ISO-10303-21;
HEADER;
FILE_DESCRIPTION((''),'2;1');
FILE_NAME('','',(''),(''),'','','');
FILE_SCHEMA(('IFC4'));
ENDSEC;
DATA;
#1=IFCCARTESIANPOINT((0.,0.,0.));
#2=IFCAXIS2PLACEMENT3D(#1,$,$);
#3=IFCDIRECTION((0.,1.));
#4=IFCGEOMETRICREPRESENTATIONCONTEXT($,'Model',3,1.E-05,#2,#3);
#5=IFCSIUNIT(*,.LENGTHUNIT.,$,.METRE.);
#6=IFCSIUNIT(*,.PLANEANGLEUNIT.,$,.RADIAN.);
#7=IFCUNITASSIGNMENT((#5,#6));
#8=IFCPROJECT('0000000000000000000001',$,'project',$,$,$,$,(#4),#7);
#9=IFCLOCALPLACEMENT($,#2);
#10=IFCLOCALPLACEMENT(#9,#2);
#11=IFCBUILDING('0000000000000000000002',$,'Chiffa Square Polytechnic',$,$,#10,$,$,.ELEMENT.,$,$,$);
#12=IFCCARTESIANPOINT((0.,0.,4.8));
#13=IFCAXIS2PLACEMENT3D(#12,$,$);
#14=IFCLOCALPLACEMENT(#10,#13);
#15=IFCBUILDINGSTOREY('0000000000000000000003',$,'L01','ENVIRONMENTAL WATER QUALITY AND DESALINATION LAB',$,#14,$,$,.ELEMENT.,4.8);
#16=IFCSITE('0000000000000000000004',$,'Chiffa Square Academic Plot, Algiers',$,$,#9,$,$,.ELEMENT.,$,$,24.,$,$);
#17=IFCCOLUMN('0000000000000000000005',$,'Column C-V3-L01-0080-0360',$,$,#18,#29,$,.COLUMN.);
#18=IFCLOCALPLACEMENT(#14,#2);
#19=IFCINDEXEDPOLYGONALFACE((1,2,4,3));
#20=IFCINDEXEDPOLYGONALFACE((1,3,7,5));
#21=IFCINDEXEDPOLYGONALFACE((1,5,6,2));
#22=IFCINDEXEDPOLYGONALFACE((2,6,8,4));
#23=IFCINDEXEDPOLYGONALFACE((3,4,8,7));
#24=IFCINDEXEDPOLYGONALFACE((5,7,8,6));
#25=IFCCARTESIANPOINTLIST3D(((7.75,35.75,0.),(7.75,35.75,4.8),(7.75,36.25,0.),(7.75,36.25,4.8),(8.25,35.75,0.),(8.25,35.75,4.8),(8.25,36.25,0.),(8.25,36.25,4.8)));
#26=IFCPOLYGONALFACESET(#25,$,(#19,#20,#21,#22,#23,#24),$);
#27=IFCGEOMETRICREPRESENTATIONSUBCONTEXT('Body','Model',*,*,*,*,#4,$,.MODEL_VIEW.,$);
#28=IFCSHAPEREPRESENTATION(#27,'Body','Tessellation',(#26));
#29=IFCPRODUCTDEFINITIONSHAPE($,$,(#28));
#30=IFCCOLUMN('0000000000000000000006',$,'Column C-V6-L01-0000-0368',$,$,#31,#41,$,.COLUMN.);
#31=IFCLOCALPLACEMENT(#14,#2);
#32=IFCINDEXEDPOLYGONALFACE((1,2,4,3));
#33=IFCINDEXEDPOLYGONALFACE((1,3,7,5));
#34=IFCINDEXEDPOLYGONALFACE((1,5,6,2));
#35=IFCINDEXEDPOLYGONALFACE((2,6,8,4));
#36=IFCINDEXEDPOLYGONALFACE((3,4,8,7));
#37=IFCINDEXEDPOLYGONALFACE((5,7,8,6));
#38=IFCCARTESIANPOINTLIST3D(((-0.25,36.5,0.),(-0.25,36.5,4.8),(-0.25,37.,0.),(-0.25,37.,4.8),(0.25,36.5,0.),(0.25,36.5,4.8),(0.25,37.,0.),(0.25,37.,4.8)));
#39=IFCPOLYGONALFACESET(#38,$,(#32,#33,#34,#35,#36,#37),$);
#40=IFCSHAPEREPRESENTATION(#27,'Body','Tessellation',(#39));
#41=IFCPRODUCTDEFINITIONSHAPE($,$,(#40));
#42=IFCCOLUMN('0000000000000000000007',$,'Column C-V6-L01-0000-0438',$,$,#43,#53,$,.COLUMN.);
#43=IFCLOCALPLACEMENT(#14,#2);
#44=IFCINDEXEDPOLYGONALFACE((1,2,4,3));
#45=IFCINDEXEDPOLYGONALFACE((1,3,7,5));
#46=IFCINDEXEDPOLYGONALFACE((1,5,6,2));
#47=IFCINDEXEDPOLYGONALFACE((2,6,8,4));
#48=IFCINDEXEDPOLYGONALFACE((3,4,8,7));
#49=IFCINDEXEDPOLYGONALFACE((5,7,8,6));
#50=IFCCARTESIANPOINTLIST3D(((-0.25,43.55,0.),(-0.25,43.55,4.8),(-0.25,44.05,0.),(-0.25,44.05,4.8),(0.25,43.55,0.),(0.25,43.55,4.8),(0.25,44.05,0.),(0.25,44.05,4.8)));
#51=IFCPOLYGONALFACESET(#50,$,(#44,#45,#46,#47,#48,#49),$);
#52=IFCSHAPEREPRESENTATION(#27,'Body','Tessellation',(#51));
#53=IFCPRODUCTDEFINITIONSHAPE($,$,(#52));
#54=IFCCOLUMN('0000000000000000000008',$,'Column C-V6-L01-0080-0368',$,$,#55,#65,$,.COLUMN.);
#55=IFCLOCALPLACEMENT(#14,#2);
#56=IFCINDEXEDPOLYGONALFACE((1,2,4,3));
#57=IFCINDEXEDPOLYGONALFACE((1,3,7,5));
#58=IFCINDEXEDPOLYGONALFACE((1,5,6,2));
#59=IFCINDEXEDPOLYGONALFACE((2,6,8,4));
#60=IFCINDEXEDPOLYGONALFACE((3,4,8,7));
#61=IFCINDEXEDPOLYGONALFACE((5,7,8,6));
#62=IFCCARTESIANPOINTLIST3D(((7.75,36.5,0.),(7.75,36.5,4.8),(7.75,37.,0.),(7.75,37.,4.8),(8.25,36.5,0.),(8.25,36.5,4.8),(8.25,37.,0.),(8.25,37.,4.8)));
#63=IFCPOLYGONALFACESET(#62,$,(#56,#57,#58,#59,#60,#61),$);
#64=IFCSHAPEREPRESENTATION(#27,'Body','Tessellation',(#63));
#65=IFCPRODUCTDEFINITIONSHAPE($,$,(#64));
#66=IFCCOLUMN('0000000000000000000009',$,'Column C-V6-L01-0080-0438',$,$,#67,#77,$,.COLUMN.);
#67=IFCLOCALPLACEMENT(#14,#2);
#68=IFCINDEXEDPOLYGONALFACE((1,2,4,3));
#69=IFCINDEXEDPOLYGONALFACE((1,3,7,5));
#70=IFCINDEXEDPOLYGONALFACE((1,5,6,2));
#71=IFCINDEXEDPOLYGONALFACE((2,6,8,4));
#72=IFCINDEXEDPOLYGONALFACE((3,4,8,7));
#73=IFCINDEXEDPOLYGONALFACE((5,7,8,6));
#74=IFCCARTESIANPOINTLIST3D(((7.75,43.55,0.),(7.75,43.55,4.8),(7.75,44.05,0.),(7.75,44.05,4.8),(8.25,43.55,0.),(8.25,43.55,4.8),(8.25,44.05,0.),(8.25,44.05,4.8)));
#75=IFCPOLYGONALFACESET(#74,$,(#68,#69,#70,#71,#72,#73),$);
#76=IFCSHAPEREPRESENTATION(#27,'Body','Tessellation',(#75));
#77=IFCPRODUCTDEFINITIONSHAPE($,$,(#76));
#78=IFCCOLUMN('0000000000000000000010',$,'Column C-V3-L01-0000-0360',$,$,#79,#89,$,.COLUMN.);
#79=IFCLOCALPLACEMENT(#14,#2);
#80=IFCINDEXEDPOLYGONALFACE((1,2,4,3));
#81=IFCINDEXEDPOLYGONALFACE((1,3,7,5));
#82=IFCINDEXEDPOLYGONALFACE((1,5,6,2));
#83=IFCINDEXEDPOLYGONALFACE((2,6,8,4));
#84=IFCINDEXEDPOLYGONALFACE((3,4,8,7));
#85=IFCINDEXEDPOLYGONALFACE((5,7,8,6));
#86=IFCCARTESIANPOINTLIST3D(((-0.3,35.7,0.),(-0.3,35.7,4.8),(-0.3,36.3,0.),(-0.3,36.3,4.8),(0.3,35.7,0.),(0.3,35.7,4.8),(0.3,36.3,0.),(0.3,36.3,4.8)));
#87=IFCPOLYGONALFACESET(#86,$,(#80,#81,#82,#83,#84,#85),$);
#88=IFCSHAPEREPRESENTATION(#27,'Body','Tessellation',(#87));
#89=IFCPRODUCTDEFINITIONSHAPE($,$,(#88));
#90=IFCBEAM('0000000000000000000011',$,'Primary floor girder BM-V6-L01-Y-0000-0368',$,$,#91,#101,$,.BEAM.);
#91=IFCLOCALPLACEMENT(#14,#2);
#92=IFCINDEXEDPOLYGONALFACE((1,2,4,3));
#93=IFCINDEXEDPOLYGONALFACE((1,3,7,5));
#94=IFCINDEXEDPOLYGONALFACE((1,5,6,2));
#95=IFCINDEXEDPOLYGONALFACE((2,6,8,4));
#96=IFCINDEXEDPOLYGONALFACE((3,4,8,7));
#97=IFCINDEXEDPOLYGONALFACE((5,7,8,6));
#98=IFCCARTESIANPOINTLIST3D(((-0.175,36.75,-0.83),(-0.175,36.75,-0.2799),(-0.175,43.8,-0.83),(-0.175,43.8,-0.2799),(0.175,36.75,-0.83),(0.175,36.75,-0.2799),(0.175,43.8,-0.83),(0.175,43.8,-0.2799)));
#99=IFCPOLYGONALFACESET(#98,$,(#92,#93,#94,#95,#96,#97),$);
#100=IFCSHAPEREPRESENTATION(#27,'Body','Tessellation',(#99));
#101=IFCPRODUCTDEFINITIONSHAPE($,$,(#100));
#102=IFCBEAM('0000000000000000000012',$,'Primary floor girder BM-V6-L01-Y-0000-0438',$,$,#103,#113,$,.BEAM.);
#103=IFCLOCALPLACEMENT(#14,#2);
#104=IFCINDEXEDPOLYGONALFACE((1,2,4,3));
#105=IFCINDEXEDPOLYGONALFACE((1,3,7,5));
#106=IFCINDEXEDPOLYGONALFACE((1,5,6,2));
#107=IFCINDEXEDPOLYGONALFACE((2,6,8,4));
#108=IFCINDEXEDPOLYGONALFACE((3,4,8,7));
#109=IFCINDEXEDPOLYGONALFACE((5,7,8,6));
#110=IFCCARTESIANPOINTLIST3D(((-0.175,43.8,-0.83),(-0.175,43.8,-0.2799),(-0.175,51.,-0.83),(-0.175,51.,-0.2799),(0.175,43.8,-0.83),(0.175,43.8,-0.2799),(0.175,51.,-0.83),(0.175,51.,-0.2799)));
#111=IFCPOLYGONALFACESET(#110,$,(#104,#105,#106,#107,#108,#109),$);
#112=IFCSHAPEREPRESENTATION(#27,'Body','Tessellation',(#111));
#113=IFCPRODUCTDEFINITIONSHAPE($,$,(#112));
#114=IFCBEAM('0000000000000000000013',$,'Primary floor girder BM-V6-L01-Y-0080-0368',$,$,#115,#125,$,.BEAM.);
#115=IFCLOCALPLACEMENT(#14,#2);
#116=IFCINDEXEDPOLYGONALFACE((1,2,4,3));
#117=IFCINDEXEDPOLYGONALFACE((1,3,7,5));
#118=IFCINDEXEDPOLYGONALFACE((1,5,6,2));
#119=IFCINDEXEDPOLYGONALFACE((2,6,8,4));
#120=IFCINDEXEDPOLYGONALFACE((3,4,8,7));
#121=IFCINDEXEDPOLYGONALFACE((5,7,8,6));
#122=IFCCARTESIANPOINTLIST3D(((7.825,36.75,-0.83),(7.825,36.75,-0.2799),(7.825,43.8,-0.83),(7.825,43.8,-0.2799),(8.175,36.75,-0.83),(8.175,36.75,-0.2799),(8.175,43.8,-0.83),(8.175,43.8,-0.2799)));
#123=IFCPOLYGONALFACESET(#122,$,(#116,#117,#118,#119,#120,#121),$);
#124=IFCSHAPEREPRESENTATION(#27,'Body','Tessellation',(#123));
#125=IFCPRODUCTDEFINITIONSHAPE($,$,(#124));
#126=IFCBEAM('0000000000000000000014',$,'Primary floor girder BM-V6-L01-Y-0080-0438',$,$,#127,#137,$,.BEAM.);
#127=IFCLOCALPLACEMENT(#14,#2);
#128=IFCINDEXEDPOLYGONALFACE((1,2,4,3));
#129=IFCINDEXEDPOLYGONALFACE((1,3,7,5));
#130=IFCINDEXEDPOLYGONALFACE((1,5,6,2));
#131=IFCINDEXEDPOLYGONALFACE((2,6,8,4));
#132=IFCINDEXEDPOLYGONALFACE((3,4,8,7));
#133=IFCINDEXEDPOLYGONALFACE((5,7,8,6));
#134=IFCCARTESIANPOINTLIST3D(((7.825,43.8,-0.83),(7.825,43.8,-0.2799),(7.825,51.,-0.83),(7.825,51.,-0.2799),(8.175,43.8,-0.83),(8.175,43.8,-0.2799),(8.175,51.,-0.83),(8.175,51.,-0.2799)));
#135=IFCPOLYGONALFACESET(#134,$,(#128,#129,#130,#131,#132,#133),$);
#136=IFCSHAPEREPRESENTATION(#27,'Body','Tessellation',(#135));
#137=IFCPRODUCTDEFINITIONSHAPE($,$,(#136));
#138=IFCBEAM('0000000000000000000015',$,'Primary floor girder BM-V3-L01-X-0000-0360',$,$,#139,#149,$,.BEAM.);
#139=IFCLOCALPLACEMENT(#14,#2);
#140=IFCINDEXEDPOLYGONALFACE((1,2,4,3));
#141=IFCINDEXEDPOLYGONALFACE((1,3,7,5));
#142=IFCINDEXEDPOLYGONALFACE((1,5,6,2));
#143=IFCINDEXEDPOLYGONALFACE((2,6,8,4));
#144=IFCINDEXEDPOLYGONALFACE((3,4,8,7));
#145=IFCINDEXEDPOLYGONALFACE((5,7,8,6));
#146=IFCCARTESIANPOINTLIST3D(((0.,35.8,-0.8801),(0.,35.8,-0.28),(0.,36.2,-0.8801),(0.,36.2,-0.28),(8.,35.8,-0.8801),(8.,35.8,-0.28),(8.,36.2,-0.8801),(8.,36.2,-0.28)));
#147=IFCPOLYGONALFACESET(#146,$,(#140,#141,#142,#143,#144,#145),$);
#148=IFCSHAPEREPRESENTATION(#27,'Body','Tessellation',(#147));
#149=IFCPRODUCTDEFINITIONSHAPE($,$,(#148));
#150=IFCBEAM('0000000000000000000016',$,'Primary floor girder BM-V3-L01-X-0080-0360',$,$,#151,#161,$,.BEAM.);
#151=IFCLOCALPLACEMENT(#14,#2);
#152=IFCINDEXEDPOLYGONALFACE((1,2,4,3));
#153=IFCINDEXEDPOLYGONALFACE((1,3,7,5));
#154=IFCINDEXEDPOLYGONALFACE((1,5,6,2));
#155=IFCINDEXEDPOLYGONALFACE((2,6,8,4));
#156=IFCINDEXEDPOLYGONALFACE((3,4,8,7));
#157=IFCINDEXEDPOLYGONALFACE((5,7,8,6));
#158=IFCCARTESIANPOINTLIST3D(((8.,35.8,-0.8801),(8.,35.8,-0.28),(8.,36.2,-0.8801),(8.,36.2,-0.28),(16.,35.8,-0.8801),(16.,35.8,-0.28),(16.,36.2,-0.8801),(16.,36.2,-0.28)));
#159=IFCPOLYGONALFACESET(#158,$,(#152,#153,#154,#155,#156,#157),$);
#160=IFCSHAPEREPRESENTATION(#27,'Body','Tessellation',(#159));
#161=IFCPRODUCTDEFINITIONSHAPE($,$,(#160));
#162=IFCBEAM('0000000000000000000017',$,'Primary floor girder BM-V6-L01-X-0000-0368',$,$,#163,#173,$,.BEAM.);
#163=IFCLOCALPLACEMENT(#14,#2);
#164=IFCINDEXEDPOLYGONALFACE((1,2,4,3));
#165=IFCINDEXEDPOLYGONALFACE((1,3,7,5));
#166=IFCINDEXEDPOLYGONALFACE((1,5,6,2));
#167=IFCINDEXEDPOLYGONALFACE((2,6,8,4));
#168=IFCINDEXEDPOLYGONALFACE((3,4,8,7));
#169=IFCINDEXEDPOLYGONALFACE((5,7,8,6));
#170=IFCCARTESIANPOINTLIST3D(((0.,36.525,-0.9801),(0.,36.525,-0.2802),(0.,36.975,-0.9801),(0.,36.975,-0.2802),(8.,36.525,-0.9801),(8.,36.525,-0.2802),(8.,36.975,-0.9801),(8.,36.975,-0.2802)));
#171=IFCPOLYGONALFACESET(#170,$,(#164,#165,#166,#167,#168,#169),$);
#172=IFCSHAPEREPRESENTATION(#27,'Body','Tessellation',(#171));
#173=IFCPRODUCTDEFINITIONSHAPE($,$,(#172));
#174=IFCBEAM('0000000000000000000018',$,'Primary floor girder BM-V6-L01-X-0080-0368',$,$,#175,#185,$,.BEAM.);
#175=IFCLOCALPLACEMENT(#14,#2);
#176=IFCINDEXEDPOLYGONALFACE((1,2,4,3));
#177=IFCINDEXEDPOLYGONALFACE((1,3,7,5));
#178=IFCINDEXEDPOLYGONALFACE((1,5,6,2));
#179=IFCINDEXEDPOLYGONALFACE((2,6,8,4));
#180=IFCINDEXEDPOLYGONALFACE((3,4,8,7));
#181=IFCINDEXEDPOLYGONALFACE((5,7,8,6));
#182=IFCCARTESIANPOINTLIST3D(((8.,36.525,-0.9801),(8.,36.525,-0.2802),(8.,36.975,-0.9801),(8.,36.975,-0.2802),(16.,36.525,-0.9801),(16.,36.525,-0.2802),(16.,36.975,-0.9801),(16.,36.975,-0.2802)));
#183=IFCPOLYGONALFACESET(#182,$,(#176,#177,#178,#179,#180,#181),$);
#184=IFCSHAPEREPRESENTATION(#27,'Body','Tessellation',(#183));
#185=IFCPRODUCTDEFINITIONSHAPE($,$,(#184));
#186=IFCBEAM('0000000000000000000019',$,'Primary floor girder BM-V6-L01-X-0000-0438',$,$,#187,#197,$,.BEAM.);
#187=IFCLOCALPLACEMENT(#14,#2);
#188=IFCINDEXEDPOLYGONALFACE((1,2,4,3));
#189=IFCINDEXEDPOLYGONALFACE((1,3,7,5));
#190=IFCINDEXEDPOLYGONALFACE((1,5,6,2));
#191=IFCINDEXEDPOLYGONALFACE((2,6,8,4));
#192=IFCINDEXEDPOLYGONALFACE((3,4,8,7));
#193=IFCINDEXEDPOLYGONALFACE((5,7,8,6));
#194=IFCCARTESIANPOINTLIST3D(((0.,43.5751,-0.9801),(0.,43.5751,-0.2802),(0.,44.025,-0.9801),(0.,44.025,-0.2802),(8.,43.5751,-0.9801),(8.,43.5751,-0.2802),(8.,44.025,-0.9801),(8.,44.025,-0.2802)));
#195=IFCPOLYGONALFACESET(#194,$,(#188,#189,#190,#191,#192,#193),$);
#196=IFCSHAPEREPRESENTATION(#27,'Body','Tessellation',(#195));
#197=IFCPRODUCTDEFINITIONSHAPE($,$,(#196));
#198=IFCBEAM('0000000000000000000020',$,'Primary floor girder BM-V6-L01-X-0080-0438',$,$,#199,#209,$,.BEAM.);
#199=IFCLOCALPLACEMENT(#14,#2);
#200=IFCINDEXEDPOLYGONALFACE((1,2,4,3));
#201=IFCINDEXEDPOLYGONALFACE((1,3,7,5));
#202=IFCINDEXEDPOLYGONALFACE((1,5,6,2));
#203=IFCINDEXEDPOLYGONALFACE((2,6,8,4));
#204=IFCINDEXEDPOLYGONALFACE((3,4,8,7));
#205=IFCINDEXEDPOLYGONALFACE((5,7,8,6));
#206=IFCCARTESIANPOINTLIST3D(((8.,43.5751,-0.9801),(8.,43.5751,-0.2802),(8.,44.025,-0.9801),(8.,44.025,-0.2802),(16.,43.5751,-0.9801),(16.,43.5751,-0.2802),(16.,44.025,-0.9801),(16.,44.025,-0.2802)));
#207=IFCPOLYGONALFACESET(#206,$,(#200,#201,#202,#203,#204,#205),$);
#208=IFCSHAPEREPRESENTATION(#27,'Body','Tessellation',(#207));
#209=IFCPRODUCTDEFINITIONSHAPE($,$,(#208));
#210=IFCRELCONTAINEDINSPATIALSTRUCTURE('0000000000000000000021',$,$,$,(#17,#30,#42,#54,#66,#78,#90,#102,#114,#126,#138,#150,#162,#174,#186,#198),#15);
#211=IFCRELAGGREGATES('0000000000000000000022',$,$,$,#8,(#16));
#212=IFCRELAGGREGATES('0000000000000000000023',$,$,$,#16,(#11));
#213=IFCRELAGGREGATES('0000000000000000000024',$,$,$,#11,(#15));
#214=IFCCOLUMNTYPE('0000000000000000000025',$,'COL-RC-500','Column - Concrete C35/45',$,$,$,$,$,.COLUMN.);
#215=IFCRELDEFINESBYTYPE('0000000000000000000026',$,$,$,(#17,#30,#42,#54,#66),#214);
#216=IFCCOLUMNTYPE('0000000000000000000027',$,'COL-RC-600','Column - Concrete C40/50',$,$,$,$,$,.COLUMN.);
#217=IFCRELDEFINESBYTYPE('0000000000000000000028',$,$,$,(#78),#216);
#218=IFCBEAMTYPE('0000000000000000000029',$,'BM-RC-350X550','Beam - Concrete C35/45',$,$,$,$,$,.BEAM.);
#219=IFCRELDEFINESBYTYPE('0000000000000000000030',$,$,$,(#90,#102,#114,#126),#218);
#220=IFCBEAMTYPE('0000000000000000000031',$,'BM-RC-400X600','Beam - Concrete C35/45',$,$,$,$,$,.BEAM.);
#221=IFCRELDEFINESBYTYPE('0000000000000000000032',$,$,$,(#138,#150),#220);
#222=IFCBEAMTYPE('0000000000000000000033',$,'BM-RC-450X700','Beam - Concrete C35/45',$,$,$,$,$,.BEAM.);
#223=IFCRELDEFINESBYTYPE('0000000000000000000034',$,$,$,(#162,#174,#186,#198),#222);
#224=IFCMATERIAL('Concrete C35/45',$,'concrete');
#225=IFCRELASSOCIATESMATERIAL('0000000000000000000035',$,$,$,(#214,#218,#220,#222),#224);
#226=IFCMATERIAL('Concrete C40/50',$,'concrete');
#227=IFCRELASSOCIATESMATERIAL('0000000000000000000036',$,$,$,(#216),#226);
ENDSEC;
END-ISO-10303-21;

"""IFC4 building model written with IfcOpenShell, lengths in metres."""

from ifc_helpers import new_model, si_unit, direction, frame, origin, origin_2d, place, context, subcontext, project, spatial, rectangle, extrude, material, material_profile, profile_set, type_object, element, save


model = new_model("IFC4")

# Units and contexts
model_context = context("Model", 3, precision=1e-05, world=origin(), true_north=direction((0.0, 1.0)))
body_context = subcontext(model_context, "Body", "Model", "MODEL_VIEW")
ifc_project = project(units=[si_unit("LENGTHUNIT", "METRE"), si_unit("PLANEANGLEUNIT", "RADIAN")], contexts=[model_context])

# Site, building, storey
site_placement = place(None, origin())
site = spatial("IfcSite", under=ifc_project, at=site_placement, Name="Chiffa Square Academic Plot, Algiers", CompositionType="ELEMENT", RefElevation=24.0)
building_placement = place(site_placement, origin())
building = spatial("IfcBuilding", under=site, at=building_placement, Name="Chiffa Square Polytechnic", CompositionType="ELEMENT")
storey_placement = place(building_placement, frame((0.0, 0.0, 4.8)))
storey = spatial("IfcBuildingStorey", under=building, at=storey_placement, Name="L01", Description="ENVIRONMENTAL WATER QUALITY AND DESALINATION LAB", CompositionType="ELEMENT", Elevation=4.8)

# Columns
ifc_material_1 = material(Name="Concrete C35/45", Category="concrete")
ifc_material_profile_1 = material_profile(ifc_material_1, rectangle(XDim=0.5, YDim=0.5, at=origin_2d()), Name="RC 500x500")
ifc_profile_set_1 = profile_set([ifc_material_profile_1], Name="Concrete C35/45")
column_type_1 = type_object("IfcColumnType", Name="COL-RC-500", Description="Column - Concrete C35/45", PredefinedType="COLUMN", material=ifc_profile_set_1)
for number, where, z_axis, x_axis, name in (
    (1, (8.0, 36.0, 0.0), (0.0, 0.0, 1.0), (1.0, 0.0, 0.0), "Column C-V3-L01-0080-0360"),
    (2, (0.0, 36.75, 0.0), (0.0, 0.0, 1.0), (1.0, 0.0, 0.0), "Column C-V6-L01-0000-0368"),
    (3, (0.0, 43.8, 0.0), (0.0, 0.0, 1.0), (1.0, 0.0, 0.0), "Column C-V6-L01-0000-0438"),
    (4, (8.0, 36.75, 0.0), (0.0, 0.0, 1.0), (1.0, 0.0, 0.0), "Column C-V6-L01-0080-0368"),
    (5, (8.0, 43.8, 0.0), (0.0, 0.0, 1.0), (1.0, 0.0, 0.0), "Column C-V6-L01-0080-0438"),
):
    element("IfcColumn", number, at=place(storey_placement, frame(where, z_axis=z_axis, x_axis=x_axis)), inside=storey, type_object=column_type_1, Name=name, PredefinedType="COLUMN", context=body_context, shape_type="SweptSolid", body=[
        extrude(rectangle(XDim=0.5, YDim=0.5, at=origin_2d()), origin(), (0.0, 0.0, 1.0), 4.8),
    ])
ifc_material_2 = material(Name="Concrete C40/50", Category="concrete")
ifc_material_profile_2 = material_profile(ifc_material_2, rectangle(XDim=0.6001, YDim=0.6001, at=origin_2d()), Name="RC 600x600")
ifc_profile_set_2 = profile_set([ifc_material_profile_2], Name="Concrete C40/50")
column_type_2 = type_object("IfcColumnType", Name="COL-RC-600", Description="Column - Concrete C40/50", PredefinedType="COLUMN", material=ifc_profile_set_2)
column_placement = place(storey_placement, frame((0.0, 36.0, 0.0), z_axis=(0.0, 0.0, 1.0), x_axis=(1.0, 0.0, 0.0)))
element("IfcColumn", 6, at=column_placement, inside=storey, type_object=column_type_2, Name="Column C-V3-L01-0000-0360", PredefinedType="COLUMN", context=body_context, shape_type="SweptSolid", body=[
    extrude(rectangle(XDim=0.6001, YDim=0.6001, at=origin_2d()), origin(), (0.0, 0.0, 1.0), 4.8),
])

# Beams
ifc_material_profile_3 = material_profile(ifc_material_1, rectangle(XDim=0.3501, YDim=0.55, at=origin_2d()), Name="RC 350x550")
ifc_profile_set_3 = profile_set([ifc_material_profile_3], Name="Concrete C35/45")
beam_type_1 = type_object("IfcBeamType", Name="BM-RC-350X550", Description="Beam - Concrete C35/45", PredefinedType="BEAM", material=ifc_profile_set_3)
beam_1_placement = place(storey_placement, frame((0.0, 36.75, -0.5549), z_axis=(0.0, 1.0, 0.0), x_axis=(-1.0, 0.0, 0.0)))
element("IfcBeam", 7, at=beam_1_placement, inside=storey, type_object=beam_type_1, Name="Primary floor girder BM-V6-L01-Y-0000-0368", PredefinedType="BEAM", context=body_context, shape_type="SweptSolid", body=[
    extrude(rectangle(XDim=0.3501, YDim=0.55, at=origin_2d()), origin(), (0.0, 0.0, 1.0), 7.05),
])
beam_2_placement = place(storey_placement, frame((0.0, 43.8, -0.5549), z_axis=(0.0, 1.0, 0.0), x_axis=(-1.0, 0.0, 0.0)))
element("IfcBeam", 8, at=beam_2_placement, inside=storey, type_object=beam_type_1, Name="Primary floor girder BM-V6-L01-Y-0000-0438", PredefinedType="BEAM", context=body_context, shape_type="SweptSolid", body=[
    extrude(rectangle(XDim=0.3501, YDim=0.55, at=origin_2d()), origin(), (0.0, 0.0, 1.0), 7.2),
])
beam_3_placement = place(storey_placement, frame((8.0, 36.75, -0.5549), z_axis=(0.0, 1.0, 0.0), x_axis=(-1.0, 0.0, 0.0)))
element("IfcBeam", 9, at=beam_3_placement, inside=storey, type_object=beam_type_1, Name="Primary floor girder BM-V6-L01-Y-0080-0368", PredefinedType="BEAM", context=body_context, shape_type="SweptSolid", body=[
    extrude(rectangle(XDim=0.3501, YDim=0.55, at=origin_2d()), origin(), (0.0, 0.0, 1.0), 7.05),
])
beam_4_placement = place(storey_placement, frame((8.0, 43.8, -0.5549), z_axis=(0.0, 1.0, 0.0), x_axis=(-1.0, 0.0, 0.0)))
element("IfcBeam", 10, at=beam_4_placement, inside=storey, type_object=beam_type_1, Name="Primary floor girder BM-V6-L01-Y-0080-0438", PredefinedType="BEAM", context=body_context, shape_type="SweptSolid", body=[
    extrude(rectangle(XDim=0.3501, YDim=0.55, at=origin_2d()), origin(), (0.0, 0.0, 1.0), 7.2),
])
ifc_material_profile_4 = material_profile(ifc_material_1, rectangle(XDim=0.3999, YDim=0.6001, at=origin_2d()), Name="RC 400x600")
ifc_profile_set_4 = profile_set([ifc_material_profile_4], Name="Concrete C35/45")
beam_type_2 = type_object("IfcBeamType", Name="BM-RC-400X600", Description="Beam - Concrete C35/45", PredefinedType="BEAM", material=ifc_profile_set_4)
for number, where, z_axis, x_axis, name in (
    (11, (0.0, 36.0, -0.5801), (1.0, 0.0, 0.0), (0.0, 1.0, 0.0), "Primary floor girder BM-V3-L01-X-0000-0360"),
    (12, (8.0, 36.0, -0.5801), (1.0, 0.0, 0.0), (0.0, 1.0, 0.0), "Primary floor girder BM-V3-L01-X-0080-0360"),
):
    element("IfcBeam", number, at=place(storey_placement, frame(where, z_axis=z_axis, x_axis=x_axis)), inside=storey, type_object=beam_type_2, Name=name, PredefinedType="BEAM", context=body_context, shape_type="SweptSolid", body=[
        extrude(rectangle(XDim=0.3999, YDim=0.6001, at=origin_2d()), origin(), (0.0, 0.0, 1.0), 8.0),
    ])
ifc_material_profile_5 = material_profile(ifc_material_1, rectangle(XDim=0.45, YDim=0.7, at=origin_2d()), Name="RC 450x700")
ifc_profile_set_5 = profile_set([ifc_material_profile_5], Name="Concrete C35/45")
beam_type_3 = type_object("IfcBeamType", Name="BM-RC-450X700", Description="Beam - Concrete C35/45", PredefinedType="BEAM", material=ifc_profile_set_5)
for number, where, z_axis, x_axis, name in (
    (13, (0.0, 36.75, -0.6301), (1.0, 0.0, 0.0), (0.0, 1.0, 0.0), "Primary floor girder BM-V6-L01-X-0000-0368"),
    (14, (8.0, 36.75, -0.6301), (1.0, 0.0, 0.0), (0.0, 1.0, 0.0), "Primary floor girder BM-V6-L01-X-0080-0368"),
    (15, (0.0, 43.8, -0.6301), (1.0, 0.0, 0.0), (0.0, 1.0, 0.0), "Primary floor girder BM-V6-L01-X-0000-0438"),
    (16, (8.0, 43.8, -0.6301), (1.0, 0.0, 0.0), (0.0, 1.0, 0.0), "Primary floor girder BM-V6-L01-X-0080-0438"),
):
    element("IfcBeam", number, at=place(storey_placement, frame(where, z_axis=z_axis, x_axis=x_axis)), inside=storey, type_object=beam_type_3, Name=name, PredefinedType="BEAM", context=body_context, shape_type="SweptSolid", body=[
        extrude(rectangle(XDim=0.45, YDim=0.7, at=origin_2d()), origin(), (0.0, 0.0, 1.0), 8.0),
    ])

save(model, "model.ifc")
